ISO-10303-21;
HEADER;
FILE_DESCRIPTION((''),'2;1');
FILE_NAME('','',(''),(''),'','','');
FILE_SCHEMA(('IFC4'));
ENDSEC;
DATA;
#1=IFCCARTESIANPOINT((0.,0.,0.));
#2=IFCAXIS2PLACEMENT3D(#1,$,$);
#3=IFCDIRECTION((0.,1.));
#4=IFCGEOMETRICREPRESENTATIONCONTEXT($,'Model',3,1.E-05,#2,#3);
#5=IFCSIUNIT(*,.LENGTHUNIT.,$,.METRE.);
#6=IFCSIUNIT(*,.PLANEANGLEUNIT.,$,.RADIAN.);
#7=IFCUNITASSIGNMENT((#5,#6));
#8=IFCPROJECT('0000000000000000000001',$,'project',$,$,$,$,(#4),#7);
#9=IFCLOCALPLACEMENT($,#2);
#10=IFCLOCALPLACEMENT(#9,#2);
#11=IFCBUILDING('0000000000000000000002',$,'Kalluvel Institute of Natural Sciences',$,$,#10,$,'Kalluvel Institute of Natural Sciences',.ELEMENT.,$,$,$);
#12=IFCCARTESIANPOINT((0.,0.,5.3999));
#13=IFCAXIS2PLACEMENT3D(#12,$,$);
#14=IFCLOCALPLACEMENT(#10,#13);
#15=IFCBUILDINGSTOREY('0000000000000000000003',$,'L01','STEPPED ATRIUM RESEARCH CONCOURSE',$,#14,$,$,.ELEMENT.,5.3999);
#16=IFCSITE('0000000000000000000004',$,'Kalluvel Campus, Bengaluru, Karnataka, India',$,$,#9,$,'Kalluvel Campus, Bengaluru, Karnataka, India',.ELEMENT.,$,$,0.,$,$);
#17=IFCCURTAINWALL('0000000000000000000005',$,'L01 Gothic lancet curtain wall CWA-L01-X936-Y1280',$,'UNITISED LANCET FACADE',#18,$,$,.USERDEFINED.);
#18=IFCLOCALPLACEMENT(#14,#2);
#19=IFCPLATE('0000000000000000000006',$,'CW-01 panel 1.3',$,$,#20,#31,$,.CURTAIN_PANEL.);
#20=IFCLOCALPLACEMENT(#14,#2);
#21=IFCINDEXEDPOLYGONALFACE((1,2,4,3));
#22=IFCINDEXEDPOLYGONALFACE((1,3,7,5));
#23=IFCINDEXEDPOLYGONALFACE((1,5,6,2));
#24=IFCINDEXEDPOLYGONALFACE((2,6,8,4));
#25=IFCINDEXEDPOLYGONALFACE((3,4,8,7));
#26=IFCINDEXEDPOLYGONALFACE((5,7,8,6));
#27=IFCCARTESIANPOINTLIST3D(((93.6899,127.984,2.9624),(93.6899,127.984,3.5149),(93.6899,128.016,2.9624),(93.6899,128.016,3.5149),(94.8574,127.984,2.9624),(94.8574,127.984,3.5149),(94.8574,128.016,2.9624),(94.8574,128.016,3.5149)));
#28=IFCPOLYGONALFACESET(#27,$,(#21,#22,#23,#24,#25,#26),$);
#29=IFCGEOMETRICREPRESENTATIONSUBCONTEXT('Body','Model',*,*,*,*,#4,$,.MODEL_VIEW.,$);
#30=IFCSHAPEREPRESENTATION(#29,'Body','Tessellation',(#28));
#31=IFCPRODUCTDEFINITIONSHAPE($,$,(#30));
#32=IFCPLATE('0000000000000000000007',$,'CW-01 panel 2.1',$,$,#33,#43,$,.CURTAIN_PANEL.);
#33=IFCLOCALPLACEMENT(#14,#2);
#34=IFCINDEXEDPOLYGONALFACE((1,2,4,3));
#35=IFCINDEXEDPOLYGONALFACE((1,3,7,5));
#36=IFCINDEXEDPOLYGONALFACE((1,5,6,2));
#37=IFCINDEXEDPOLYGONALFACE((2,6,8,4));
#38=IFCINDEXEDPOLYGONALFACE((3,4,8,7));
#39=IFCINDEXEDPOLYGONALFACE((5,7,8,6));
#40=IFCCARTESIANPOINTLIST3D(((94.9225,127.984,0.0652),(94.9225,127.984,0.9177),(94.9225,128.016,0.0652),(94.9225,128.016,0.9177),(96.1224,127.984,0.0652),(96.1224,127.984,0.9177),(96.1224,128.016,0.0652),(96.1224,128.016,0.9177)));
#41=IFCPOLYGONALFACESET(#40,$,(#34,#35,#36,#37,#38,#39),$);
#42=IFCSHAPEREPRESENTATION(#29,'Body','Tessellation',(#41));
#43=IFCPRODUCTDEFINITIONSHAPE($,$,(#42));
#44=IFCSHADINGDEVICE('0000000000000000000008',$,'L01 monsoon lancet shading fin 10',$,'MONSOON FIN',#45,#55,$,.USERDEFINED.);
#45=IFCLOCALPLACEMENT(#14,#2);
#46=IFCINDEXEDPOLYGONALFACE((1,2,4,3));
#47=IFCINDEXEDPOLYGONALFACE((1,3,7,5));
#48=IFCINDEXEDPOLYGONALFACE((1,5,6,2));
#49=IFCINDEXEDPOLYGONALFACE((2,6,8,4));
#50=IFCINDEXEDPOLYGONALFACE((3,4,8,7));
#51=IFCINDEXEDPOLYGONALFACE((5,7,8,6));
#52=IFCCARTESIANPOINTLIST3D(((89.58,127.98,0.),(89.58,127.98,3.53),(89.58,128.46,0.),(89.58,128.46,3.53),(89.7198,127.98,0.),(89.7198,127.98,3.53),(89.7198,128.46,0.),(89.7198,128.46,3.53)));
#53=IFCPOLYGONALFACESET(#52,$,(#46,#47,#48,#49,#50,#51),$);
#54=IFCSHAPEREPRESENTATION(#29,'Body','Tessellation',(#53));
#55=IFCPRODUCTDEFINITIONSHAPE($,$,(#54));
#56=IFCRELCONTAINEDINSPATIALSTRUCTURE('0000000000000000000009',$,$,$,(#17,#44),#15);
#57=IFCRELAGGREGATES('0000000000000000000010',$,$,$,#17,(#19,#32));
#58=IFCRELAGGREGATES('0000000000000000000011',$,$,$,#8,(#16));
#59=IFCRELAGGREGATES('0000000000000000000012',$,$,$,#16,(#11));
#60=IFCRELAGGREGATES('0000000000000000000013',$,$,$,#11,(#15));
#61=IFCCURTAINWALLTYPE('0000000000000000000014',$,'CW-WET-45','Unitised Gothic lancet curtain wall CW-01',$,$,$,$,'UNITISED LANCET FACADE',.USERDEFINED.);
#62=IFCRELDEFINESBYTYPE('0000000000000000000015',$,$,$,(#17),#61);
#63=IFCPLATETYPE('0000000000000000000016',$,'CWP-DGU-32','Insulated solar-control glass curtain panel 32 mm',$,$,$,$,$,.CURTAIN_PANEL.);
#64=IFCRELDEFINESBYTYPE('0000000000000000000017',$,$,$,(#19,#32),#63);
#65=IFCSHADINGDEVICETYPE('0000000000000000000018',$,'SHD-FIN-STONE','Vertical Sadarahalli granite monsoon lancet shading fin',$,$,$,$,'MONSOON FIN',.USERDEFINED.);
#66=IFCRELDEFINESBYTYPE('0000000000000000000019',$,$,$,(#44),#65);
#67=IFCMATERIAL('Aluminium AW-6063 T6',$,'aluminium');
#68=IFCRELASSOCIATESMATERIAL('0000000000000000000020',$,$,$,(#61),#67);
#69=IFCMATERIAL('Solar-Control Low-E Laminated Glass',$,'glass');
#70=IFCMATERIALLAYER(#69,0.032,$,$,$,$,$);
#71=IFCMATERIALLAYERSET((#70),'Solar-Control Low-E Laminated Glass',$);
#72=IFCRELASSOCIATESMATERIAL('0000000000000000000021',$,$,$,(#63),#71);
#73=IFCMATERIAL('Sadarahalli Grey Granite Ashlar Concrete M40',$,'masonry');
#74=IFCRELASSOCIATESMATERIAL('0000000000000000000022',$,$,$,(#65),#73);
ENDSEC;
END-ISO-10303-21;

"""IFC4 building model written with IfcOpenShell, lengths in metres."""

from ifc_helpers import new_model, si_unit, direction, frame, origin, origin_2d, place, context, subcontext, project, spatial, rectangle, extrude, material, layer, layer_set, type_object, element, aggregate, save


model = new_model("IFC4")

# Units and contexts
model_context = context("Model", 3, precision=1e-05, world=origin(), true_north=direction((0.0, 1.0)))
body_context = subcontext(model_context, "Body", "Model", "MODEL_VIEW")
ifc_project = project(units=[si_unit("LENGTHUNIT", "METRE"), si_unit("PLANEANGLEUNIT", "RADIAN")], contexts=[model_context])

# Site, building, storey
site_placement = place(None, origin())
site = spatial("IfcSite", under=ifc_project, at=site_placement, Name="Kalluvel Campus, Bengaluru, Karnataka, India", LongName="Kalluvel Campus, Bengaluru, Karnataka, India", CompositionType="ELEMENT", RefElevation=0.0)
building_placement = place(site_placement, origin())
building = spatial("IfcBuilding", under=site, at=building_placement, Name="Kalluvel Institute of Natural Sciences", LongName="Kalluvel Institute of Natural Sciences", CompositionType="ELEMENT")
storey_placement = place(building_placement, frame((0.0, 0.0, 5.3999)))
storey = spatial("IfcBuildingStorey", under=building, at=storey_placement, Name="L01", Description="STEPPED ATRIUM RESEARCH CONCOURSE", CompositionType="ELEMENT", Elevation=5.3999)

# Shared definitions
ifc_material_1 = material(Name="Aluminium AW-6063 T6", Category="aluminium")
curtain_wall_type = type_object("IfcCurtainWallType", Name="CW-WET-45", Description="Unitised Gothic lancet curtain wall CW-01", ElementType="UNITISED LANCET FACADE", PredefinedType="USERDEFINED", material=ifc_material_1)

# Curtain wall
curtain_wall_1_placement = place(storey_placement, origin())
curtain_wall_1 = element("IfcCurtainWall", 1, at=curtain_wall_1_placement, inside=storey, type_object=curtain_wall_type, Name="L01 Gothic lancet curtain wall CWA-L01-X936-Y1280", ObjectType="UNITISED LANCET FACADE", PredefinedType="USERDEFINED")

# Plates
ifc_material_2 = material(Name="Solar-Control Low-E Laminated Glass", Category="glass")
ifc_layer = layer(ifc_material_2, 0.032)
ifc_layer_set = layer_set([ifc_layer], Name="Solar-Control Low-E Laminated Glass")
plate_type = type_object("IfcPlateType", Name="CWP-DGU-32", Description="Insulated solar-control glass curtain panel 32 mm", PredefinedType="CURTAIN_PANEL", material=ifc_layer_set)
plate_1_placement = place(storey_placement, frame((94.2737, 128.0, 2.9624), z_axis=(0.0, 0.0, 1.0), x_axis=(1.0, 0.0, 0.0)))
plate_1 = element("IfcPlate", 2, at=plate_1_placement, type_object=plate_type, Name="CW-01 panel 1.3", PredefinedType="CURTAIN_PANEL", context=body_context, shape_type="SweptSolid", body=[
    extrude(rectangle(XDim=1.1675, YDim=0.032, at=origin_2d()), origin(), (0.0, 0.0, 1.0), 0.5525),
])
plate_2_placement = place(storey_placement, frame((95.5225, 128.0, 0.0652), z_axis=(0.0, 0.0, 1.0), x_axis=(1.0, 0.0, 0.0)))
plate_2 = element("IfcPlate", 3, at=plate_2_placement, type_object=plate_type, Name="CW-01 panel 2.1", PredefinedType="CURTAIN_PANEL", context=body_context, shape_type="SweptSolid", body=[
    extrude(rectangle(XDim=1.2, YDim=0.032, at=origin_2d()), origin(), (0.0, 0.0, 1.0), 0.8525),
])
aggregate(curtain_wall_1, [plate_1, plate_2])

# Shading device
ifc_material_3 = material(Name="Sadarahalli Grey Granite Ashlar Concrete M40", Category="masonry")
shading_device_type = type_object("IfcShadingDeviceType", Name="SHD-FIN-STONE", Description="Vertical Sadarahalli granite monsoon lancet shading fin", ElementType="MONSOON FIN", PredefinedType="USERDEFINED", material=ifc_material_3)
shading_device_placement = place(storey_placement, frame((89.6499, 128.22, 0.0), z_axis=(0.0, 0.0, 1.0), x_axis=(1.0, 0.0, 0.0)))
element("IfcShadingDevice", 4, at=shading_device_placement, inside=storey, type_object=shading_device_type, Name="L01 monsoon lancet shading fin 10", ObjectType="MONSOON FIN", PredefinedType="USERDEFINED", context=body_context, shape_type="SweptSolid", body=[
    extrude(rectangle(XDim=0.1399, YDim=0.48, at=origin_2d()), origin(), (0.0, 0.0, 1.0), 3.53),
])

save(model, "model.ifc")
